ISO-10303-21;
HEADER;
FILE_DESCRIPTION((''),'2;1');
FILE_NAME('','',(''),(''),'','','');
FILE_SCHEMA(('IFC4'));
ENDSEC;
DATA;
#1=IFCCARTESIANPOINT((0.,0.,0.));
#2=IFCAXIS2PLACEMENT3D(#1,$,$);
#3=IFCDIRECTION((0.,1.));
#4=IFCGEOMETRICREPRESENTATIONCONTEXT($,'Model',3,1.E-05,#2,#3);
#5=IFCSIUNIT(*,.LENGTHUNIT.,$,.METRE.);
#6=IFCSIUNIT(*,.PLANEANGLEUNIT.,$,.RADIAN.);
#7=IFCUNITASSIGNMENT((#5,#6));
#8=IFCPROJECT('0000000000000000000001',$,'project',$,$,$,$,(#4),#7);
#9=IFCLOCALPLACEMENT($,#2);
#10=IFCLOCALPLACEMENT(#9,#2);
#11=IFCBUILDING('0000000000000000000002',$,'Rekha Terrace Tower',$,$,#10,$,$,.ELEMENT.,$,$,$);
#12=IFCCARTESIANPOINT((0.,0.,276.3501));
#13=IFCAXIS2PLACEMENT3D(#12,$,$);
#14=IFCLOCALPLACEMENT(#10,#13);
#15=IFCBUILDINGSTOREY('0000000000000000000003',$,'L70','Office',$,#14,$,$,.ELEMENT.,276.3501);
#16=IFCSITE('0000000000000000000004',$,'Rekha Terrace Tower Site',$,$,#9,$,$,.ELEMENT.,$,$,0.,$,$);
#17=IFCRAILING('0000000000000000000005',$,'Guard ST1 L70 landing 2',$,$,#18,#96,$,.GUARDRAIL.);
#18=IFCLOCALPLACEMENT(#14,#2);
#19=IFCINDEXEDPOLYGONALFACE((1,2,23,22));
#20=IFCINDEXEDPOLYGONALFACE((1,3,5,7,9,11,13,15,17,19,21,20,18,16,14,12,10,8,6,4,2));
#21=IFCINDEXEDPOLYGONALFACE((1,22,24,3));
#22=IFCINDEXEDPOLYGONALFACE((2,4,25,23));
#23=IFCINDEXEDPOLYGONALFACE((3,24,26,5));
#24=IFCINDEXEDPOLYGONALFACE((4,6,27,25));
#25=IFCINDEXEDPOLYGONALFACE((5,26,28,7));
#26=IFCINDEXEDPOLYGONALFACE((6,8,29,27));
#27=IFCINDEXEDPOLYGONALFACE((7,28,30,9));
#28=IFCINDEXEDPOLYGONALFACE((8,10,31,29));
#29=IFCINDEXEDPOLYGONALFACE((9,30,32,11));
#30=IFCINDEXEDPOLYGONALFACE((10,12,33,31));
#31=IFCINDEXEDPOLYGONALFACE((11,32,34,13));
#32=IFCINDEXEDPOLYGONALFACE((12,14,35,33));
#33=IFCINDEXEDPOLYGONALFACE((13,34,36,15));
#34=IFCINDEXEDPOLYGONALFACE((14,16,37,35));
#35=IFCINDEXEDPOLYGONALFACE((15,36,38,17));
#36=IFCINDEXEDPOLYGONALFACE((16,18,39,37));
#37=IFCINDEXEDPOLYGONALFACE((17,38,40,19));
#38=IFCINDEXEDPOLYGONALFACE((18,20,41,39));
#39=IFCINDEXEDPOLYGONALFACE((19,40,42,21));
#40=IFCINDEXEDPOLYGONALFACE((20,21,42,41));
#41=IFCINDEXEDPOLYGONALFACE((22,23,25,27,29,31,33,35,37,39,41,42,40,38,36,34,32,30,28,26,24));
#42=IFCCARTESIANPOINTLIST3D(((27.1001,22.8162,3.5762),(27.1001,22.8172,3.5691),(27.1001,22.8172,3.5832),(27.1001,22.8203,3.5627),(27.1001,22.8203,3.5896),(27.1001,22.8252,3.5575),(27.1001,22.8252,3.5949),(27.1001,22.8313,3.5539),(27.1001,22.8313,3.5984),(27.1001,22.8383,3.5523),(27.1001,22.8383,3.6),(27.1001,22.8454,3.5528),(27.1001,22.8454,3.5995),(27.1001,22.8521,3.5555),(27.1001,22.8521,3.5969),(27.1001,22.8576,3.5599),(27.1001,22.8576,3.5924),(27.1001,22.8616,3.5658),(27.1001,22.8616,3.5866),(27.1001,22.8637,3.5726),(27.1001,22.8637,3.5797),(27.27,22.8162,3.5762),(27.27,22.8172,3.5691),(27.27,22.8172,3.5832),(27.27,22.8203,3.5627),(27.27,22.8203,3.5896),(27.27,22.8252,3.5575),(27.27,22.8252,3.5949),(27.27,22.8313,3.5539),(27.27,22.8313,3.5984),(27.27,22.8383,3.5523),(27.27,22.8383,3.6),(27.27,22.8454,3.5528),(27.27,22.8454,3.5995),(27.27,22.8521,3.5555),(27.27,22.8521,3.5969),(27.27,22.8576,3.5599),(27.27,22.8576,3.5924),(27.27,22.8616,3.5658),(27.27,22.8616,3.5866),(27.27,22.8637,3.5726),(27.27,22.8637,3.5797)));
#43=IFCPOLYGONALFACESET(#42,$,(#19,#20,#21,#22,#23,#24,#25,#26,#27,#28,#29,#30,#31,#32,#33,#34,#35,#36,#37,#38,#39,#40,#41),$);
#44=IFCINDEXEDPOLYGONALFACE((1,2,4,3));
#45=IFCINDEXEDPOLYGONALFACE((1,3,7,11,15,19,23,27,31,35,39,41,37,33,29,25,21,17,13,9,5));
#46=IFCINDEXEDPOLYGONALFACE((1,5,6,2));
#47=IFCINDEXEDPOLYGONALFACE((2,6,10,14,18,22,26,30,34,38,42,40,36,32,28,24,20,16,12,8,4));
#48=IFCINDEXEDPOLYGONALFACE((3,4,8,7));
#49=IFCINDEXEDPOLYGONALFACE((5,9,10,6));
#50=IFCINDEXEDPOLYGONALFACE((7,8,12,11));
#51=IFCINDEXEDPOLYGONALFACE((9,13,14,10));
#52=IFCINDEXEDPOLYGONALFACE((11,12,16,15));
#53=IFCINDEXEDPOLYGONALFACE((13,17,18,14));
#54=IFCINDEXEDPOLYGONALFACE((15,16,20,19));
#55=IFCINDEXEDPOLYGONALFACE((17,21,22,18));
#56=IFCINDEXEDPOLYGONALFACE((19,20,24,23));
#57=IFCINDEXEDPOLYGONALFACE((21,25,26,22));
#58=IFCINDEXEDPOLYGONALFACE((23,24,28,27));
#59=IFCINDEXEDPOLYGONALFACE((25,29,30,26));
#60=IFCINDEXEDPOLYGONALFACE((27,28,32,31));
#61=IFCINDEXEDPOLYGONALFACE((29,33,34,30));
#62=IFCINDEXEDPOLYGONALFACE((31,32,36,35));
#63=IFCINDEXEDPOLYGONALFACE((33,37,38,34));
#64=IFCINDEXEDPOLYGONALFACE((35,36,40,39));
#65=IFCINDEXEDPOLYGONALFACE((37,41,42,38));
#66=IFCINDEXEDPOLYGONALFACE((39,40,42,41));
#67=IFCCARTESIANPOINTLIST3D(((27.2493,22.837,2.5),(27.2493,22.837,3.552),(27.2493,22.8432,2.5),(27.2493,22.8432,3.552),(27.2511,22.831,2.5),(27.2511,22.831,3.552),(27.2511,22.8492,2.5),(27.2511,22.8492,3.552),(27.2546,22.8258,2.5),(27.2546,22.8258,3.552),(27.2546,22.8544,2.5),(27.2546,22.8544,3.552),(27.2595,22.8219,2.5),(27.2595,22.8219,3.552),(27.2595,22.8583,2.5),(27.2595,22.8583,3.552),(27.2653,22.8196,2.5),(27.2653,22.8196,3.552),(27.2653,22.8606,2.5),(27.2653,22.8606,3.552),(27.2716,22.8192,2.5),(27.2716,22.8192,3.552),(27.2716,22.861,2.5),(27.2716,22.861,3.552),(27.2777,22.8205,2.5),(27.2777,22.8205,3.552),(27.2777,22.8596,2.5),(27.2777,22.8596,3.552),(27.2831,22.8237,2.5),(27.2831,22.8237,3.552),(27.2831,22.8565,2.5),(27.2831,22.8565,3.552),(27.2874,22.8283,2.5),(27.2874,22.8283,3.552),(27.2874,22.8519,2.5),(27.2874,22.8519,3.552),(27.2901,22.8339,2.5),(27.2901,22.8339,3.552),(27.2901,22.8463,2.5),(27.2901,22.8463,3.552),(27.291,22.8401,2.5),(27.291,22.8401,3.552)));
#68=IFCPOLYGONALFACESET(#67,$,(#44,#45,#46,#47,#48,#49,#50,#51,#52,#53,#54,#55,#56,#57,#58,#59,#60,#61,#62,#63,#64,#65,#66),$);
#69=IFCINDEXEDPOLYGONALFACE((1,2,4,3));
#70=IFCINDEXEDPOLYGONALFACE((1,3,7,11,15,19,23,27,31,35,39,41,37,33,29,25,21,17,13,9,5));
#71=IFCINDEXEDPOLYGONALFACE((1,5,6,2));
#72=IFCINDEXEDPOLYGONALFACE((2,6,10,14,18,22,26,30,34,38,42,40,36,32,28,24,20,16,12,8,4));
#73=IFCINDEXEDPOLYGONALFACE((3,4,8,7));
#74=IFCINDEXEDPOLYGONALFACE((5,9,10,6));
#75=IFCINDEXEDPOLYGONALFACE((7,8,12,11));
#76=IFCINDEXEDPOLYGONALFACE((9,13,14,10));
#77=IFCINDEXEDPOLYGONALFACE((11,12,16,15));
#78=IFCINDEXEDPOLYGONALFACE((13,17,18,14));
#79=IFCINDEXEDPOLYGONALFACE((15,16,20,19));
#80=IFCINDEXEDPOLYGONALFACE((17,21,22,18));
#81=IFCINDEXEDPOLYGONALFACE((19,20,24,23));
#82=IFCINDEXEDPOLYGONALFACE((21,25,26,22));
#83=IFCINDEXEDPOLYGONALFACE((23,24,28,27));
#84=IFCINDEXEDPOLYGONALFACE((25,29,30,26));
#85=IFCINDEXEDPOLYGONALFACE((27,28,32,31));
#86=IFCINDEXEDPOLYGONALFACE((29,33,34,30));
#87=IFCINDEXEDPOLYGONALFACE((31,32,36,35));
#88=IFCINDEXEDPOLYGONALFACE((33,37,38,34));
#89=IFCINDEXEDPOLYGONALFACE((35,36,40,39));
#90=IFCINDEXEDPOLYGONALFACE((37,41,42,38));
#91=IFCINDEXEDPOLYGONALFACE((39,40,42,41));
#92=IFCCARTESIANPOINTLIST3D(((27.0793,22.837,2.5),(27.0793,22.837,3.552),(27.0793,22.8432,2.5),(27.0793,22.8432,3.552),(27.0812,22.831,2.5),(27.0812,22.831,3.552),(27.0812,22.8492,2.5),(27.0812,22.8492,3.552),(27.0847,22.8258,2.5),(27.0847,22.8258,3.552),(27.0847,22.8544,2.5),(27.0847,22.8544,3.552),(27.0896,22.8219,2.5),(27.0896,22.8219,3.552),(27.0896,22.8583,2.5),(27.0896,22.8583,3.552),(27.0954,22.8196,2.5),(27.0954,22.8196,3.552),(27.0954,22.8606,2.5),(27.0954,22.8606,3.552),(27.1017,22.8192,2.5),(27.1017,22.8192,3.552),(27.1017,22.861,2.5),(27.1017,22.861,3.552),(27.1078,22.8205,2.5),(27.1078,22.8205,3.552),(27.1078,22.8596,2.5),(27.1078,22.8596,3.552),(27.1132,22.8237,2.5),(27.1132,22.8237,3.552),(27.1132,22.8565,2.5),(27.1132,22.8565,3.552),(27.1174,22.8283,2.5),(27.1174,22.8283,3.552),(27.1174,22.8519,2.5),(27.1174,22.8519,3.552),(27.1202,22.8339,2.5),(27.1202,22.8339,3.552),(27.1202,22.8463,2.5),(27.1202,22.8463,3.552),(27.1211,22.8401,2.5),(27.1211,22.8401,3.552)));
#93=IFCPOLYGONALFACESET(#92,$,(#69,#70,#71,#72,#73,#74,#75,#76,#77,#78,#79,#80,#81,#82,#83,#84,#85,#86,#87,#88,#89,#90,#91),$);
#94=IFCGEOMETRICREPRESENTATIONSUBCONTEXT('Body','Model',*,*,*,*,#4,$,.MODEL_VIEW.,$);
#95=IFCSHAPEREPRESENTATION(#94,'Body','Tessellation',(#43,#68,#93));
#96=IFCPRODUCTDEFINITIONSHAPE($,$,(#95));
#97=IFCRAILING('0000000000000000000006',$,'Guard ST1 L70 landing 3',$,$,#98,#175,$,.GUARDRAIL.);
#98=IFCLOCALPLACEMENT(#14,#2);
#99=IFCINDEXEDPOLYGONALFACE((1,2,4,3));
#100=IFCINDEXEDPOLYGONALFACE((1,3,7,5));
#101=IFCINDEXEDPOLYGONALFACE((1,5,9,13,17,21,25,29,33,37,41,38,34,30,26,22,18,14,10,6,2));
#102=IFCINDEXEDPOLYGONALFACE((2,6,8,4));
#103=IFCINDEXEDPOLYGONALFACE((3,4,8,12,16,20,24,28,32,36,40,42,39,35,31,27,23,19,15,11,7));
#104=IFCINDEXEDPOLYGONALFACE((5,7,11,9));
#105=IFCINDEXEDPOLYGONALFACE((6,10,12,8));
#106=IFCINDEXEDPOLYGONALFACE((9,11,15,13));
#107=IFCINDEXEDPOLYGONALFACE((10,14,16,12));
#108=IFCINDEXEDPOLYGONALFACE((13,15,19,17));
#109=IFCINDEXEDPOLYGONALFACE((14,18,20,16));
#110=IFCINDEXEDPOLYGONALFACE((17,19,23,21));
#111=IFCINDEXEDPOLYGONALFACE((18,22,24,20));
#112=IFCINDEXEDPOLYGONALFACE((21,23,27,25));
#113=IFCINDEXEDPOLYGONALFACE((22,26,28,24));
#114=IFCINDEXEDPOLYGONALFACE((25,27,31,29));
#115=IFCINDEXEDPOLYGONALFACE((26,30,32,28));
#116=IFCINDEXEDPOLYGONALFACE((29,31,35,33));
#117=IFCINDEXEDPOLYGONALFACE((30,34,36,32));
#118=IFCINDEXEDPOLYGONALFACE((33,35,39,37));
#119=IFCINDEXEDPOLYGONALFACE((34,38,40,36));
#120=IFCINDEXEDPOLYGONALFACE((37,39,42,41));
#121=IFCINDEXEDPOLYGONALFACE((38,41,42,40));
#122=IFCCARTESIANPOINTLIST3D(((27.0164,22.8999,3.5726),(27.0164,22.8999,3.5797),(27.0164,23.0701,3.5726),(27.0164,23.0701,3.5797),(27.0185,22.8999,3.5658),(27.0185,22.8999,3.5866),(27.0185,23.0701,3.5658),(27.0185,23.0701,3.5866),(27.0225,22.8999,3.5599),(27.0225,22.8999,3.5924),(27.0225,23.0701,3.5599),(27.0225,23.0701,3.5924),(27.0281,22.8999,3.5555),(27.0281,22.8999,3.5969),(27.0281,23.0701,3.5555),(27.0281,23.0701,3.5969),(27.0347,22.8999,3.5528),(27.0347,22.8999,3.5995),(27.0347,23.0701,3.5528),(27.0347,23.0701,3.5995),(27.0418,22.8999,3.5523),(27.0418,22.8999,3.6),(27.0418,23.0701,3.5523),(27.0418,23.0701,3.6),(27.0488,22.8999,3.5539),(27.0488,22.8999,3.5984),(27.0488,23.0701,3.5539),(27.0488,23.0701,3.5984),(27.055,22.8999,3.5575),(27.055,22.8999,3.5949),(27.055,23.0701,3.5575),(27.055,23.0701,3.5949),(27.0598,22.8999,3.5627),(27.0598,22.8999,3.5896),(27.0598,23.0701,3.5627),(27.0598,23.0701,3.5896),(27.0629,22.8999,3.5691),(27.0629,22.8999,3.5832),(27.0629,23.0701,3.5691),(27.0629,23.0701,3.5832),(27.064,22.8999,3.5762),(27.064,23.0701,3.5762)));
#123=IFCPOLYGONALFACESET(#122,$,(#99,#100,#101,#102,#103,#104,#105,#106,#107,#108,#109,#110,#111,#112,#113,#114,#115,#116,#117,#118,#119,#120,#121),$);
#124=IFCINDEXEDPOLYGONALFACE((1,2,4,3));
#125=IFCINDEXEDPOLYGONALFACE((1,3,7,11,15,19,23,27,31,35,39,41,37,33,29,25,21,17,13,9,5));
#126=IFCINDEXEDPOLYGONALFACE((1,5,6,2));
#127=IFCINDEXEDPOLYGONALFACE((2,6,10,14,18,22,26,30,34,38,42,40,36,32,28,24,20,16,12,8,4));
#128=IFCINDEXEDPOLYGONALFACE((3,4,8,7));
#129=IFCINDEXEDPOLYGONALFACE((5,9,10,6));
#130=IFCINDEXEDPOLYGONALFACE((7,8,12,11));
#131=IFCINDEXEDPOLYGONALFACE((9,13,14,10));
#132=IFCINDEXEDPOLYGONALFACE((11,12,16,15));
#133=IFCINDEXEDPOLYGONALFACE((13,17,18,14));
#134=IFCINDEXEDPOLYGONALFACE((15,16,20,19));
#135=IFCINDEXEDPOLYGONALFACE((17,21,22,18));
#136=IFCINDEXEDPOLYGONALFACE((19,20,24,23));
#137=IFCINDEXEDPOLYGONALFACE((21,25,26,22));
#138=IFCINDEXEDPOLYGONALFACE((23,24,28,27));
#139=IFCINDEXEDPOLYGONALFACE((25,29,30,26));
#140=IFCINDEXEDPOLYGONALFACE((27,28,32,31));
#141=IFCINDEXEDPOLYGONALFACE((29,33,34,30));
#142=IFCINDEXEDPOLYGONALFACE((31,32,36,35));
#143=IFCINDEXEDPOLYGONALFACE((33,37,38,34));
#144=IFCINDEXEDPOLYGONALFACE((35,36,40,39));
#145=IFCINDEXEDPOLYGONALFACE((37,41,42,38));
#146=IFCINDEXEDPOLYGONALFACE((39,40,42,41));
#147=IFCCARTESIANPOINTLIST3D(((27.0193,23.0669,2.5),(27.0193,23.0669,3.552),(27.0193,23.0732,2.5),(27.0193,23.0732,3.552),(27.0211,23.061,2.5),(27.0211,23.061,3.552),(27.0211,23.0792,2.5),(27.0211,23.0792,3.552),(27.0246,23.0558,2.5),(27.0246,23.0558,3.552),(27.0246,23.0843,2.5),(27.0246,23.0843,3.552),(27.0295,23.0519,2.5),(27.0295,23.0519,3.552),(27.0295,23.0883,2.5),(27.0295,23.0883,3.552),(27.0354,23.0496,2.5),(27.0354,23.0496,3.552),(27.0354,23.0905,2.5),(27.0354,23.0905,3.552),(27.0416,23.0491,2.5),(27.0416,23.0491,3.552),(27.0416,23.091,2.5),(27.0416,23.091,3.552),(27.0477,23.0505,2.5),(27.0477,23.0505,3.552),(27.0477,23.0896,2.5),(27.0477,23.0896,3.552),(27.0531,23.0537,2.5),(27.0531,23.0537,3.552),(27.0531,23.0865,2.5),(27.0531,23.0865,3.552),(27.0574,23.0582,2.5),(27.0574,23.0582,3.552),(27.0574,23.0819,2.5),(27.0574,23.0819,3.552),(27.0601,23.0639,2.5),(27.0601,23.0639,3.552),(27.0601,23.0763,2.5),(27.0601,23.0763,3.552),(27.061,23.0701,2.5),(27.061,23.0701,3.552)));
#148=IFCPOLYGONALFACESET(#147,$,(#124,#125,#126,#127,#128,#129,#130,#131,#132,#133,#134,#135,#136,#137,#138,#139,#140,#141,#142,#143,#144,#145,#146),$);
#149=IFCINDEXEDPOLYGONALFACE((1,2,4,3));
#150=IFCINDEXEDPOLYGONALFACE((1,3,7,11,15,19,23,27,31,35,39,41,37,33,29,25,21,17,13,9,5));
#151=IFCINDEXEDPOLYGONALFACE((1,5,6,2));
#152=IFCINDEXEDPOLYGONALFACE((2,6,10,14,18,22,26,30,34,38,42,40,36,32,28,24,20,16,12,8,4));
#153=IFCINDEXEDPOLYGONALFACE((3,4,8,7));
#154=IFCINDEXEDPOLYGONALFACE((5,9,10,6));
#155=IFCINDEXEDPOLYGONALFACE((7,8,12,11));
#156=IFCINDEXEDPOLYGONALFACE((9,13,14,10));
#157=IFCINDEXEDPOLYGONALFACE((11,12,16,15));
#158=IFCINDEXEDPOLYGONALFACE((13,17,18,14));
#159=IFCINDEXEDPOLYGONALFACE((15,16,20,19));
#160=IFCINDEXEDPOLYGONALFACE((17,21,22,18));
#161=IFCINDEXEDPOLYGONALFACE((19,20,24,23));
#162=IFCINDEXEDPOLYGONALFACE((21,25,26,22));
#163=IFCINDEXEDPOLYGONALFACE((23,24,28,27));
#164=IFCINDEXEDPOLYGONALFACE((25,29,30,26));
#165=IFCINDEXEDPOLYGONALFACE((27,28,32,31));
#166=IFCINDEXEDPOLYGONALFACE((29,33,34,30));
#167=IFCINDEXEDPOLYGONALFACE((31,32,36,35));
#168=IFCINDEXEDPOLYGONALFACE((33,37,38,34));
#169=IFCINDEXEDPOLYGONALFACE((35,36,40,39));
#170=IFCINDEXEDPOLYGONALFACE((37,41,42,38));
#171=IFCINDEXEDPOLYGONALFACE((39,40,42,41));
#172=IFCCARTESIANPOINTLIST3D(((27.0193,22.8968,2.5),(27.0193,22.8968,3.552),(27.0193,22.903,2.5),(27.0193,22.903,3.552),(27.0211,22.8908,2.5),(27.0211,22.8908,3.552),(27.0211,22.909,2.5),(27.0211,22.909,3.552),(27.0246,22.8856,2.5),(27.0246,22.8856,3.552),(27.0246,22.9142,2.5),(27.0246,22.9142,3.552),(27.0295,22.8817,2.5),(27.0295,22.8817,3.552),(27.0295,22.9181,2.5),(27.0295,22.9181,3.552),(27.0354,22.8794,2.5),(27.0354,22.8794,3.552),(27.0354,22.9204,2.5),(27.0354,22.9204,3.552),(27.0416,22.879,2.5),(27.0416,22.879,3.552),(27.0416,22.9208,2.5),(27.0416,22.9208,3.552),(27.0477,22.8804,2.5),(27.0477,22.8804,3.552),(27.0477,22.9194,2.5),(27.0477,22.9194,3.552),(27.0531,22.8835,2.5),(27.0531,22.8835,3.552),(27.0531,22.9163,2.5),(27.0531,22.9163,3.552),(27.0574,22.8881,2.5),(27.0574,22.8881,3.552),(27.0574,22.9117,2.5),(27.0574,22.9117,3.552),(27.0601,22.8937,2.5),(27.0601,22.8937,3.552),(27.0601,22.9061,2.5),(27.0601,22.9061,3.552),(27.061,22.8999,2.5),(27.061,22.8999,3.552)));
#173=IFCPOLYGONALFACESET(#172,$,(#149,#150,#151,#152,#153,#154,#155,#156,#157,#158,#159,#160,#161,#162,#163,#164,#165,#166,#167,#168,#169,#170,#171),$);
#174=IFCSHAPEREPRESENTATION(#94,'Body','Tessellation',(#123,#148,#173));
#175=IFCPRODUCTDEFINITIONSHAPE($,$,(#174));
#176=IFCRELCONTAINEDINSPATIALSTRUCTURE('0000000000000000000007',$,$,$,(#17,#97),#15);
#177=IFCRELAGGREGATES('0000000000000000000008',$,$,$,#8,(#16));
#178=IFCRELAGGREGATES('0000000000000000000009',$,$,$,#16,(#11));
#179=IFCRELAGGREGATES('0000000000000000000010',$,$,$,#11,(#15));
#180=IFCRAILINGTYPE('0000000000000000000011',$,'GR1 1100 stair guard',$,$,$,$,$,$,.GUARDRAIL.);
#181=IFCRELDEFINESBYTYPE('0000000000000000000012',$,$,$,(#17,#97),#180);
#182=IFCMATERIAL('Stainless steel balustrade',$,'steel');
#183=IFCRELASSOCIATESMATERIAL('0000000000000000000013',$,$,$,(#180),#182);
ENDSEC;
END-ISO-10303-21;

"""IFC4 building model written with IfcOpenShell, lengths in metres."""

from ifc_helpers import new_model, si_unit, direction, frame, origin, origin_2d, place, context, subcontext, project, spatial, circle, extrude, material, type_object, element, save


model = new_model("IFC4")

# Units and contexts
model_context = context("Model", 3, precision=1e-05, world=origin(), true_north=direction((0.0, 1.0)))
body_context = subcontext(model_context, "Body", "Model", "MODEL_VIEW")
ifc_project = project(units=[si_unit("LENGTHUNIT", "METRE"), si_unit("PLANEANGLEUNIT", "RADIAN")], contexts=[model_context])

# Site, building, storey
site_placement = place(None, origin())
site = spatial("IfcSite", under=ifc_project, at=site_placement, Name="Rekha Terrace Tower Site", CompositionType="ELEMENT", RefElevation=0.0)
building_placement = place(site_placement, origin())
building = spatial("IfcBuilding", under=site, at=building_placement, Name="Rekha Terrace Tower", CompositionType="ELEMENT")
storey_placement = place(building_placement, frame((0.0, 0.0, 276.3501)))
storey = spatial("IfcBuildingStorey", under=building, at=storey_placement, Name="L70", Description="Office", CompositionType="ELEMENT", Elevation=276.3501)

# Railings
ifc_material_1 = material(Name="Stainless steel balustrade", Category="steel")
railing_type_1 = type_object("IfcRailingType", Name="GR1 1100 stair guard", PredefinedType="GUARDRAIL", material=ifc_material_1)
railing_1_placement = place(storey_placement, frame((27.27, 22.8401, 2.5)))
element("IfcRailing", 1, at=railing_1_placement, inside=storey, type_object=railing_type_1, Name="Guard ST1 L70 landing 2", PredefinedType="GUARDRAIL", context=body_context, shape_type="SweptSolid", body=[
    extrude(circle(Radius=0.0239, at=origin_2d()), frame((0.0, 0.0, 1.0762), z_axis=(-1.0, 0.0, 0.0), x_axis=(0.0, -1.0, 0.0)), (0.0, 0.0, 1.0), 0.1699),
    extrude(circle(Radius=0.021, at=origin_2d()), origin(), (0.0, 0.0, 1.0), 1.052),
    extrude(circle(Radius=0.021, at=origin_2d()), frame((-0.1699, 0.0, 0.0)), (0.0, 0.0, 1.0), 1.052),
])
railing_2_placement = place(storey_placement, frame((27.04, 23.0701, 2.5)))
element("IfcRailing", 2, at=railing_2_placement, inside=storey, type_object=railing_type_1, Name="Guard ST1 L70 landing 3", PredefinedType="GUARDRAIL", context=body_context, shape_type="SweptSolid", body=[
    extrude(circle(Radius=0.0239, at=origin_2d()), frame((0.0, 0.0, 1.0762), z_axis=(0.0, -1.0, 0.0), x_axis=(1.0, 0.0, 0.0)), (0.0, 0.0, 1.0), 0.1702),
    extrude(circle(Radius=0.021, at=origin_2d()), origin(), (0.0, 0.0, 1.0), 1.052),
    extrude(circle(Radius=0.021, at=origin_2d()), frame((0.0, -0.1702, 0.0)), (0.0, 0.0, 1.0), 1.052),
])

save(model, "model.ifc")
